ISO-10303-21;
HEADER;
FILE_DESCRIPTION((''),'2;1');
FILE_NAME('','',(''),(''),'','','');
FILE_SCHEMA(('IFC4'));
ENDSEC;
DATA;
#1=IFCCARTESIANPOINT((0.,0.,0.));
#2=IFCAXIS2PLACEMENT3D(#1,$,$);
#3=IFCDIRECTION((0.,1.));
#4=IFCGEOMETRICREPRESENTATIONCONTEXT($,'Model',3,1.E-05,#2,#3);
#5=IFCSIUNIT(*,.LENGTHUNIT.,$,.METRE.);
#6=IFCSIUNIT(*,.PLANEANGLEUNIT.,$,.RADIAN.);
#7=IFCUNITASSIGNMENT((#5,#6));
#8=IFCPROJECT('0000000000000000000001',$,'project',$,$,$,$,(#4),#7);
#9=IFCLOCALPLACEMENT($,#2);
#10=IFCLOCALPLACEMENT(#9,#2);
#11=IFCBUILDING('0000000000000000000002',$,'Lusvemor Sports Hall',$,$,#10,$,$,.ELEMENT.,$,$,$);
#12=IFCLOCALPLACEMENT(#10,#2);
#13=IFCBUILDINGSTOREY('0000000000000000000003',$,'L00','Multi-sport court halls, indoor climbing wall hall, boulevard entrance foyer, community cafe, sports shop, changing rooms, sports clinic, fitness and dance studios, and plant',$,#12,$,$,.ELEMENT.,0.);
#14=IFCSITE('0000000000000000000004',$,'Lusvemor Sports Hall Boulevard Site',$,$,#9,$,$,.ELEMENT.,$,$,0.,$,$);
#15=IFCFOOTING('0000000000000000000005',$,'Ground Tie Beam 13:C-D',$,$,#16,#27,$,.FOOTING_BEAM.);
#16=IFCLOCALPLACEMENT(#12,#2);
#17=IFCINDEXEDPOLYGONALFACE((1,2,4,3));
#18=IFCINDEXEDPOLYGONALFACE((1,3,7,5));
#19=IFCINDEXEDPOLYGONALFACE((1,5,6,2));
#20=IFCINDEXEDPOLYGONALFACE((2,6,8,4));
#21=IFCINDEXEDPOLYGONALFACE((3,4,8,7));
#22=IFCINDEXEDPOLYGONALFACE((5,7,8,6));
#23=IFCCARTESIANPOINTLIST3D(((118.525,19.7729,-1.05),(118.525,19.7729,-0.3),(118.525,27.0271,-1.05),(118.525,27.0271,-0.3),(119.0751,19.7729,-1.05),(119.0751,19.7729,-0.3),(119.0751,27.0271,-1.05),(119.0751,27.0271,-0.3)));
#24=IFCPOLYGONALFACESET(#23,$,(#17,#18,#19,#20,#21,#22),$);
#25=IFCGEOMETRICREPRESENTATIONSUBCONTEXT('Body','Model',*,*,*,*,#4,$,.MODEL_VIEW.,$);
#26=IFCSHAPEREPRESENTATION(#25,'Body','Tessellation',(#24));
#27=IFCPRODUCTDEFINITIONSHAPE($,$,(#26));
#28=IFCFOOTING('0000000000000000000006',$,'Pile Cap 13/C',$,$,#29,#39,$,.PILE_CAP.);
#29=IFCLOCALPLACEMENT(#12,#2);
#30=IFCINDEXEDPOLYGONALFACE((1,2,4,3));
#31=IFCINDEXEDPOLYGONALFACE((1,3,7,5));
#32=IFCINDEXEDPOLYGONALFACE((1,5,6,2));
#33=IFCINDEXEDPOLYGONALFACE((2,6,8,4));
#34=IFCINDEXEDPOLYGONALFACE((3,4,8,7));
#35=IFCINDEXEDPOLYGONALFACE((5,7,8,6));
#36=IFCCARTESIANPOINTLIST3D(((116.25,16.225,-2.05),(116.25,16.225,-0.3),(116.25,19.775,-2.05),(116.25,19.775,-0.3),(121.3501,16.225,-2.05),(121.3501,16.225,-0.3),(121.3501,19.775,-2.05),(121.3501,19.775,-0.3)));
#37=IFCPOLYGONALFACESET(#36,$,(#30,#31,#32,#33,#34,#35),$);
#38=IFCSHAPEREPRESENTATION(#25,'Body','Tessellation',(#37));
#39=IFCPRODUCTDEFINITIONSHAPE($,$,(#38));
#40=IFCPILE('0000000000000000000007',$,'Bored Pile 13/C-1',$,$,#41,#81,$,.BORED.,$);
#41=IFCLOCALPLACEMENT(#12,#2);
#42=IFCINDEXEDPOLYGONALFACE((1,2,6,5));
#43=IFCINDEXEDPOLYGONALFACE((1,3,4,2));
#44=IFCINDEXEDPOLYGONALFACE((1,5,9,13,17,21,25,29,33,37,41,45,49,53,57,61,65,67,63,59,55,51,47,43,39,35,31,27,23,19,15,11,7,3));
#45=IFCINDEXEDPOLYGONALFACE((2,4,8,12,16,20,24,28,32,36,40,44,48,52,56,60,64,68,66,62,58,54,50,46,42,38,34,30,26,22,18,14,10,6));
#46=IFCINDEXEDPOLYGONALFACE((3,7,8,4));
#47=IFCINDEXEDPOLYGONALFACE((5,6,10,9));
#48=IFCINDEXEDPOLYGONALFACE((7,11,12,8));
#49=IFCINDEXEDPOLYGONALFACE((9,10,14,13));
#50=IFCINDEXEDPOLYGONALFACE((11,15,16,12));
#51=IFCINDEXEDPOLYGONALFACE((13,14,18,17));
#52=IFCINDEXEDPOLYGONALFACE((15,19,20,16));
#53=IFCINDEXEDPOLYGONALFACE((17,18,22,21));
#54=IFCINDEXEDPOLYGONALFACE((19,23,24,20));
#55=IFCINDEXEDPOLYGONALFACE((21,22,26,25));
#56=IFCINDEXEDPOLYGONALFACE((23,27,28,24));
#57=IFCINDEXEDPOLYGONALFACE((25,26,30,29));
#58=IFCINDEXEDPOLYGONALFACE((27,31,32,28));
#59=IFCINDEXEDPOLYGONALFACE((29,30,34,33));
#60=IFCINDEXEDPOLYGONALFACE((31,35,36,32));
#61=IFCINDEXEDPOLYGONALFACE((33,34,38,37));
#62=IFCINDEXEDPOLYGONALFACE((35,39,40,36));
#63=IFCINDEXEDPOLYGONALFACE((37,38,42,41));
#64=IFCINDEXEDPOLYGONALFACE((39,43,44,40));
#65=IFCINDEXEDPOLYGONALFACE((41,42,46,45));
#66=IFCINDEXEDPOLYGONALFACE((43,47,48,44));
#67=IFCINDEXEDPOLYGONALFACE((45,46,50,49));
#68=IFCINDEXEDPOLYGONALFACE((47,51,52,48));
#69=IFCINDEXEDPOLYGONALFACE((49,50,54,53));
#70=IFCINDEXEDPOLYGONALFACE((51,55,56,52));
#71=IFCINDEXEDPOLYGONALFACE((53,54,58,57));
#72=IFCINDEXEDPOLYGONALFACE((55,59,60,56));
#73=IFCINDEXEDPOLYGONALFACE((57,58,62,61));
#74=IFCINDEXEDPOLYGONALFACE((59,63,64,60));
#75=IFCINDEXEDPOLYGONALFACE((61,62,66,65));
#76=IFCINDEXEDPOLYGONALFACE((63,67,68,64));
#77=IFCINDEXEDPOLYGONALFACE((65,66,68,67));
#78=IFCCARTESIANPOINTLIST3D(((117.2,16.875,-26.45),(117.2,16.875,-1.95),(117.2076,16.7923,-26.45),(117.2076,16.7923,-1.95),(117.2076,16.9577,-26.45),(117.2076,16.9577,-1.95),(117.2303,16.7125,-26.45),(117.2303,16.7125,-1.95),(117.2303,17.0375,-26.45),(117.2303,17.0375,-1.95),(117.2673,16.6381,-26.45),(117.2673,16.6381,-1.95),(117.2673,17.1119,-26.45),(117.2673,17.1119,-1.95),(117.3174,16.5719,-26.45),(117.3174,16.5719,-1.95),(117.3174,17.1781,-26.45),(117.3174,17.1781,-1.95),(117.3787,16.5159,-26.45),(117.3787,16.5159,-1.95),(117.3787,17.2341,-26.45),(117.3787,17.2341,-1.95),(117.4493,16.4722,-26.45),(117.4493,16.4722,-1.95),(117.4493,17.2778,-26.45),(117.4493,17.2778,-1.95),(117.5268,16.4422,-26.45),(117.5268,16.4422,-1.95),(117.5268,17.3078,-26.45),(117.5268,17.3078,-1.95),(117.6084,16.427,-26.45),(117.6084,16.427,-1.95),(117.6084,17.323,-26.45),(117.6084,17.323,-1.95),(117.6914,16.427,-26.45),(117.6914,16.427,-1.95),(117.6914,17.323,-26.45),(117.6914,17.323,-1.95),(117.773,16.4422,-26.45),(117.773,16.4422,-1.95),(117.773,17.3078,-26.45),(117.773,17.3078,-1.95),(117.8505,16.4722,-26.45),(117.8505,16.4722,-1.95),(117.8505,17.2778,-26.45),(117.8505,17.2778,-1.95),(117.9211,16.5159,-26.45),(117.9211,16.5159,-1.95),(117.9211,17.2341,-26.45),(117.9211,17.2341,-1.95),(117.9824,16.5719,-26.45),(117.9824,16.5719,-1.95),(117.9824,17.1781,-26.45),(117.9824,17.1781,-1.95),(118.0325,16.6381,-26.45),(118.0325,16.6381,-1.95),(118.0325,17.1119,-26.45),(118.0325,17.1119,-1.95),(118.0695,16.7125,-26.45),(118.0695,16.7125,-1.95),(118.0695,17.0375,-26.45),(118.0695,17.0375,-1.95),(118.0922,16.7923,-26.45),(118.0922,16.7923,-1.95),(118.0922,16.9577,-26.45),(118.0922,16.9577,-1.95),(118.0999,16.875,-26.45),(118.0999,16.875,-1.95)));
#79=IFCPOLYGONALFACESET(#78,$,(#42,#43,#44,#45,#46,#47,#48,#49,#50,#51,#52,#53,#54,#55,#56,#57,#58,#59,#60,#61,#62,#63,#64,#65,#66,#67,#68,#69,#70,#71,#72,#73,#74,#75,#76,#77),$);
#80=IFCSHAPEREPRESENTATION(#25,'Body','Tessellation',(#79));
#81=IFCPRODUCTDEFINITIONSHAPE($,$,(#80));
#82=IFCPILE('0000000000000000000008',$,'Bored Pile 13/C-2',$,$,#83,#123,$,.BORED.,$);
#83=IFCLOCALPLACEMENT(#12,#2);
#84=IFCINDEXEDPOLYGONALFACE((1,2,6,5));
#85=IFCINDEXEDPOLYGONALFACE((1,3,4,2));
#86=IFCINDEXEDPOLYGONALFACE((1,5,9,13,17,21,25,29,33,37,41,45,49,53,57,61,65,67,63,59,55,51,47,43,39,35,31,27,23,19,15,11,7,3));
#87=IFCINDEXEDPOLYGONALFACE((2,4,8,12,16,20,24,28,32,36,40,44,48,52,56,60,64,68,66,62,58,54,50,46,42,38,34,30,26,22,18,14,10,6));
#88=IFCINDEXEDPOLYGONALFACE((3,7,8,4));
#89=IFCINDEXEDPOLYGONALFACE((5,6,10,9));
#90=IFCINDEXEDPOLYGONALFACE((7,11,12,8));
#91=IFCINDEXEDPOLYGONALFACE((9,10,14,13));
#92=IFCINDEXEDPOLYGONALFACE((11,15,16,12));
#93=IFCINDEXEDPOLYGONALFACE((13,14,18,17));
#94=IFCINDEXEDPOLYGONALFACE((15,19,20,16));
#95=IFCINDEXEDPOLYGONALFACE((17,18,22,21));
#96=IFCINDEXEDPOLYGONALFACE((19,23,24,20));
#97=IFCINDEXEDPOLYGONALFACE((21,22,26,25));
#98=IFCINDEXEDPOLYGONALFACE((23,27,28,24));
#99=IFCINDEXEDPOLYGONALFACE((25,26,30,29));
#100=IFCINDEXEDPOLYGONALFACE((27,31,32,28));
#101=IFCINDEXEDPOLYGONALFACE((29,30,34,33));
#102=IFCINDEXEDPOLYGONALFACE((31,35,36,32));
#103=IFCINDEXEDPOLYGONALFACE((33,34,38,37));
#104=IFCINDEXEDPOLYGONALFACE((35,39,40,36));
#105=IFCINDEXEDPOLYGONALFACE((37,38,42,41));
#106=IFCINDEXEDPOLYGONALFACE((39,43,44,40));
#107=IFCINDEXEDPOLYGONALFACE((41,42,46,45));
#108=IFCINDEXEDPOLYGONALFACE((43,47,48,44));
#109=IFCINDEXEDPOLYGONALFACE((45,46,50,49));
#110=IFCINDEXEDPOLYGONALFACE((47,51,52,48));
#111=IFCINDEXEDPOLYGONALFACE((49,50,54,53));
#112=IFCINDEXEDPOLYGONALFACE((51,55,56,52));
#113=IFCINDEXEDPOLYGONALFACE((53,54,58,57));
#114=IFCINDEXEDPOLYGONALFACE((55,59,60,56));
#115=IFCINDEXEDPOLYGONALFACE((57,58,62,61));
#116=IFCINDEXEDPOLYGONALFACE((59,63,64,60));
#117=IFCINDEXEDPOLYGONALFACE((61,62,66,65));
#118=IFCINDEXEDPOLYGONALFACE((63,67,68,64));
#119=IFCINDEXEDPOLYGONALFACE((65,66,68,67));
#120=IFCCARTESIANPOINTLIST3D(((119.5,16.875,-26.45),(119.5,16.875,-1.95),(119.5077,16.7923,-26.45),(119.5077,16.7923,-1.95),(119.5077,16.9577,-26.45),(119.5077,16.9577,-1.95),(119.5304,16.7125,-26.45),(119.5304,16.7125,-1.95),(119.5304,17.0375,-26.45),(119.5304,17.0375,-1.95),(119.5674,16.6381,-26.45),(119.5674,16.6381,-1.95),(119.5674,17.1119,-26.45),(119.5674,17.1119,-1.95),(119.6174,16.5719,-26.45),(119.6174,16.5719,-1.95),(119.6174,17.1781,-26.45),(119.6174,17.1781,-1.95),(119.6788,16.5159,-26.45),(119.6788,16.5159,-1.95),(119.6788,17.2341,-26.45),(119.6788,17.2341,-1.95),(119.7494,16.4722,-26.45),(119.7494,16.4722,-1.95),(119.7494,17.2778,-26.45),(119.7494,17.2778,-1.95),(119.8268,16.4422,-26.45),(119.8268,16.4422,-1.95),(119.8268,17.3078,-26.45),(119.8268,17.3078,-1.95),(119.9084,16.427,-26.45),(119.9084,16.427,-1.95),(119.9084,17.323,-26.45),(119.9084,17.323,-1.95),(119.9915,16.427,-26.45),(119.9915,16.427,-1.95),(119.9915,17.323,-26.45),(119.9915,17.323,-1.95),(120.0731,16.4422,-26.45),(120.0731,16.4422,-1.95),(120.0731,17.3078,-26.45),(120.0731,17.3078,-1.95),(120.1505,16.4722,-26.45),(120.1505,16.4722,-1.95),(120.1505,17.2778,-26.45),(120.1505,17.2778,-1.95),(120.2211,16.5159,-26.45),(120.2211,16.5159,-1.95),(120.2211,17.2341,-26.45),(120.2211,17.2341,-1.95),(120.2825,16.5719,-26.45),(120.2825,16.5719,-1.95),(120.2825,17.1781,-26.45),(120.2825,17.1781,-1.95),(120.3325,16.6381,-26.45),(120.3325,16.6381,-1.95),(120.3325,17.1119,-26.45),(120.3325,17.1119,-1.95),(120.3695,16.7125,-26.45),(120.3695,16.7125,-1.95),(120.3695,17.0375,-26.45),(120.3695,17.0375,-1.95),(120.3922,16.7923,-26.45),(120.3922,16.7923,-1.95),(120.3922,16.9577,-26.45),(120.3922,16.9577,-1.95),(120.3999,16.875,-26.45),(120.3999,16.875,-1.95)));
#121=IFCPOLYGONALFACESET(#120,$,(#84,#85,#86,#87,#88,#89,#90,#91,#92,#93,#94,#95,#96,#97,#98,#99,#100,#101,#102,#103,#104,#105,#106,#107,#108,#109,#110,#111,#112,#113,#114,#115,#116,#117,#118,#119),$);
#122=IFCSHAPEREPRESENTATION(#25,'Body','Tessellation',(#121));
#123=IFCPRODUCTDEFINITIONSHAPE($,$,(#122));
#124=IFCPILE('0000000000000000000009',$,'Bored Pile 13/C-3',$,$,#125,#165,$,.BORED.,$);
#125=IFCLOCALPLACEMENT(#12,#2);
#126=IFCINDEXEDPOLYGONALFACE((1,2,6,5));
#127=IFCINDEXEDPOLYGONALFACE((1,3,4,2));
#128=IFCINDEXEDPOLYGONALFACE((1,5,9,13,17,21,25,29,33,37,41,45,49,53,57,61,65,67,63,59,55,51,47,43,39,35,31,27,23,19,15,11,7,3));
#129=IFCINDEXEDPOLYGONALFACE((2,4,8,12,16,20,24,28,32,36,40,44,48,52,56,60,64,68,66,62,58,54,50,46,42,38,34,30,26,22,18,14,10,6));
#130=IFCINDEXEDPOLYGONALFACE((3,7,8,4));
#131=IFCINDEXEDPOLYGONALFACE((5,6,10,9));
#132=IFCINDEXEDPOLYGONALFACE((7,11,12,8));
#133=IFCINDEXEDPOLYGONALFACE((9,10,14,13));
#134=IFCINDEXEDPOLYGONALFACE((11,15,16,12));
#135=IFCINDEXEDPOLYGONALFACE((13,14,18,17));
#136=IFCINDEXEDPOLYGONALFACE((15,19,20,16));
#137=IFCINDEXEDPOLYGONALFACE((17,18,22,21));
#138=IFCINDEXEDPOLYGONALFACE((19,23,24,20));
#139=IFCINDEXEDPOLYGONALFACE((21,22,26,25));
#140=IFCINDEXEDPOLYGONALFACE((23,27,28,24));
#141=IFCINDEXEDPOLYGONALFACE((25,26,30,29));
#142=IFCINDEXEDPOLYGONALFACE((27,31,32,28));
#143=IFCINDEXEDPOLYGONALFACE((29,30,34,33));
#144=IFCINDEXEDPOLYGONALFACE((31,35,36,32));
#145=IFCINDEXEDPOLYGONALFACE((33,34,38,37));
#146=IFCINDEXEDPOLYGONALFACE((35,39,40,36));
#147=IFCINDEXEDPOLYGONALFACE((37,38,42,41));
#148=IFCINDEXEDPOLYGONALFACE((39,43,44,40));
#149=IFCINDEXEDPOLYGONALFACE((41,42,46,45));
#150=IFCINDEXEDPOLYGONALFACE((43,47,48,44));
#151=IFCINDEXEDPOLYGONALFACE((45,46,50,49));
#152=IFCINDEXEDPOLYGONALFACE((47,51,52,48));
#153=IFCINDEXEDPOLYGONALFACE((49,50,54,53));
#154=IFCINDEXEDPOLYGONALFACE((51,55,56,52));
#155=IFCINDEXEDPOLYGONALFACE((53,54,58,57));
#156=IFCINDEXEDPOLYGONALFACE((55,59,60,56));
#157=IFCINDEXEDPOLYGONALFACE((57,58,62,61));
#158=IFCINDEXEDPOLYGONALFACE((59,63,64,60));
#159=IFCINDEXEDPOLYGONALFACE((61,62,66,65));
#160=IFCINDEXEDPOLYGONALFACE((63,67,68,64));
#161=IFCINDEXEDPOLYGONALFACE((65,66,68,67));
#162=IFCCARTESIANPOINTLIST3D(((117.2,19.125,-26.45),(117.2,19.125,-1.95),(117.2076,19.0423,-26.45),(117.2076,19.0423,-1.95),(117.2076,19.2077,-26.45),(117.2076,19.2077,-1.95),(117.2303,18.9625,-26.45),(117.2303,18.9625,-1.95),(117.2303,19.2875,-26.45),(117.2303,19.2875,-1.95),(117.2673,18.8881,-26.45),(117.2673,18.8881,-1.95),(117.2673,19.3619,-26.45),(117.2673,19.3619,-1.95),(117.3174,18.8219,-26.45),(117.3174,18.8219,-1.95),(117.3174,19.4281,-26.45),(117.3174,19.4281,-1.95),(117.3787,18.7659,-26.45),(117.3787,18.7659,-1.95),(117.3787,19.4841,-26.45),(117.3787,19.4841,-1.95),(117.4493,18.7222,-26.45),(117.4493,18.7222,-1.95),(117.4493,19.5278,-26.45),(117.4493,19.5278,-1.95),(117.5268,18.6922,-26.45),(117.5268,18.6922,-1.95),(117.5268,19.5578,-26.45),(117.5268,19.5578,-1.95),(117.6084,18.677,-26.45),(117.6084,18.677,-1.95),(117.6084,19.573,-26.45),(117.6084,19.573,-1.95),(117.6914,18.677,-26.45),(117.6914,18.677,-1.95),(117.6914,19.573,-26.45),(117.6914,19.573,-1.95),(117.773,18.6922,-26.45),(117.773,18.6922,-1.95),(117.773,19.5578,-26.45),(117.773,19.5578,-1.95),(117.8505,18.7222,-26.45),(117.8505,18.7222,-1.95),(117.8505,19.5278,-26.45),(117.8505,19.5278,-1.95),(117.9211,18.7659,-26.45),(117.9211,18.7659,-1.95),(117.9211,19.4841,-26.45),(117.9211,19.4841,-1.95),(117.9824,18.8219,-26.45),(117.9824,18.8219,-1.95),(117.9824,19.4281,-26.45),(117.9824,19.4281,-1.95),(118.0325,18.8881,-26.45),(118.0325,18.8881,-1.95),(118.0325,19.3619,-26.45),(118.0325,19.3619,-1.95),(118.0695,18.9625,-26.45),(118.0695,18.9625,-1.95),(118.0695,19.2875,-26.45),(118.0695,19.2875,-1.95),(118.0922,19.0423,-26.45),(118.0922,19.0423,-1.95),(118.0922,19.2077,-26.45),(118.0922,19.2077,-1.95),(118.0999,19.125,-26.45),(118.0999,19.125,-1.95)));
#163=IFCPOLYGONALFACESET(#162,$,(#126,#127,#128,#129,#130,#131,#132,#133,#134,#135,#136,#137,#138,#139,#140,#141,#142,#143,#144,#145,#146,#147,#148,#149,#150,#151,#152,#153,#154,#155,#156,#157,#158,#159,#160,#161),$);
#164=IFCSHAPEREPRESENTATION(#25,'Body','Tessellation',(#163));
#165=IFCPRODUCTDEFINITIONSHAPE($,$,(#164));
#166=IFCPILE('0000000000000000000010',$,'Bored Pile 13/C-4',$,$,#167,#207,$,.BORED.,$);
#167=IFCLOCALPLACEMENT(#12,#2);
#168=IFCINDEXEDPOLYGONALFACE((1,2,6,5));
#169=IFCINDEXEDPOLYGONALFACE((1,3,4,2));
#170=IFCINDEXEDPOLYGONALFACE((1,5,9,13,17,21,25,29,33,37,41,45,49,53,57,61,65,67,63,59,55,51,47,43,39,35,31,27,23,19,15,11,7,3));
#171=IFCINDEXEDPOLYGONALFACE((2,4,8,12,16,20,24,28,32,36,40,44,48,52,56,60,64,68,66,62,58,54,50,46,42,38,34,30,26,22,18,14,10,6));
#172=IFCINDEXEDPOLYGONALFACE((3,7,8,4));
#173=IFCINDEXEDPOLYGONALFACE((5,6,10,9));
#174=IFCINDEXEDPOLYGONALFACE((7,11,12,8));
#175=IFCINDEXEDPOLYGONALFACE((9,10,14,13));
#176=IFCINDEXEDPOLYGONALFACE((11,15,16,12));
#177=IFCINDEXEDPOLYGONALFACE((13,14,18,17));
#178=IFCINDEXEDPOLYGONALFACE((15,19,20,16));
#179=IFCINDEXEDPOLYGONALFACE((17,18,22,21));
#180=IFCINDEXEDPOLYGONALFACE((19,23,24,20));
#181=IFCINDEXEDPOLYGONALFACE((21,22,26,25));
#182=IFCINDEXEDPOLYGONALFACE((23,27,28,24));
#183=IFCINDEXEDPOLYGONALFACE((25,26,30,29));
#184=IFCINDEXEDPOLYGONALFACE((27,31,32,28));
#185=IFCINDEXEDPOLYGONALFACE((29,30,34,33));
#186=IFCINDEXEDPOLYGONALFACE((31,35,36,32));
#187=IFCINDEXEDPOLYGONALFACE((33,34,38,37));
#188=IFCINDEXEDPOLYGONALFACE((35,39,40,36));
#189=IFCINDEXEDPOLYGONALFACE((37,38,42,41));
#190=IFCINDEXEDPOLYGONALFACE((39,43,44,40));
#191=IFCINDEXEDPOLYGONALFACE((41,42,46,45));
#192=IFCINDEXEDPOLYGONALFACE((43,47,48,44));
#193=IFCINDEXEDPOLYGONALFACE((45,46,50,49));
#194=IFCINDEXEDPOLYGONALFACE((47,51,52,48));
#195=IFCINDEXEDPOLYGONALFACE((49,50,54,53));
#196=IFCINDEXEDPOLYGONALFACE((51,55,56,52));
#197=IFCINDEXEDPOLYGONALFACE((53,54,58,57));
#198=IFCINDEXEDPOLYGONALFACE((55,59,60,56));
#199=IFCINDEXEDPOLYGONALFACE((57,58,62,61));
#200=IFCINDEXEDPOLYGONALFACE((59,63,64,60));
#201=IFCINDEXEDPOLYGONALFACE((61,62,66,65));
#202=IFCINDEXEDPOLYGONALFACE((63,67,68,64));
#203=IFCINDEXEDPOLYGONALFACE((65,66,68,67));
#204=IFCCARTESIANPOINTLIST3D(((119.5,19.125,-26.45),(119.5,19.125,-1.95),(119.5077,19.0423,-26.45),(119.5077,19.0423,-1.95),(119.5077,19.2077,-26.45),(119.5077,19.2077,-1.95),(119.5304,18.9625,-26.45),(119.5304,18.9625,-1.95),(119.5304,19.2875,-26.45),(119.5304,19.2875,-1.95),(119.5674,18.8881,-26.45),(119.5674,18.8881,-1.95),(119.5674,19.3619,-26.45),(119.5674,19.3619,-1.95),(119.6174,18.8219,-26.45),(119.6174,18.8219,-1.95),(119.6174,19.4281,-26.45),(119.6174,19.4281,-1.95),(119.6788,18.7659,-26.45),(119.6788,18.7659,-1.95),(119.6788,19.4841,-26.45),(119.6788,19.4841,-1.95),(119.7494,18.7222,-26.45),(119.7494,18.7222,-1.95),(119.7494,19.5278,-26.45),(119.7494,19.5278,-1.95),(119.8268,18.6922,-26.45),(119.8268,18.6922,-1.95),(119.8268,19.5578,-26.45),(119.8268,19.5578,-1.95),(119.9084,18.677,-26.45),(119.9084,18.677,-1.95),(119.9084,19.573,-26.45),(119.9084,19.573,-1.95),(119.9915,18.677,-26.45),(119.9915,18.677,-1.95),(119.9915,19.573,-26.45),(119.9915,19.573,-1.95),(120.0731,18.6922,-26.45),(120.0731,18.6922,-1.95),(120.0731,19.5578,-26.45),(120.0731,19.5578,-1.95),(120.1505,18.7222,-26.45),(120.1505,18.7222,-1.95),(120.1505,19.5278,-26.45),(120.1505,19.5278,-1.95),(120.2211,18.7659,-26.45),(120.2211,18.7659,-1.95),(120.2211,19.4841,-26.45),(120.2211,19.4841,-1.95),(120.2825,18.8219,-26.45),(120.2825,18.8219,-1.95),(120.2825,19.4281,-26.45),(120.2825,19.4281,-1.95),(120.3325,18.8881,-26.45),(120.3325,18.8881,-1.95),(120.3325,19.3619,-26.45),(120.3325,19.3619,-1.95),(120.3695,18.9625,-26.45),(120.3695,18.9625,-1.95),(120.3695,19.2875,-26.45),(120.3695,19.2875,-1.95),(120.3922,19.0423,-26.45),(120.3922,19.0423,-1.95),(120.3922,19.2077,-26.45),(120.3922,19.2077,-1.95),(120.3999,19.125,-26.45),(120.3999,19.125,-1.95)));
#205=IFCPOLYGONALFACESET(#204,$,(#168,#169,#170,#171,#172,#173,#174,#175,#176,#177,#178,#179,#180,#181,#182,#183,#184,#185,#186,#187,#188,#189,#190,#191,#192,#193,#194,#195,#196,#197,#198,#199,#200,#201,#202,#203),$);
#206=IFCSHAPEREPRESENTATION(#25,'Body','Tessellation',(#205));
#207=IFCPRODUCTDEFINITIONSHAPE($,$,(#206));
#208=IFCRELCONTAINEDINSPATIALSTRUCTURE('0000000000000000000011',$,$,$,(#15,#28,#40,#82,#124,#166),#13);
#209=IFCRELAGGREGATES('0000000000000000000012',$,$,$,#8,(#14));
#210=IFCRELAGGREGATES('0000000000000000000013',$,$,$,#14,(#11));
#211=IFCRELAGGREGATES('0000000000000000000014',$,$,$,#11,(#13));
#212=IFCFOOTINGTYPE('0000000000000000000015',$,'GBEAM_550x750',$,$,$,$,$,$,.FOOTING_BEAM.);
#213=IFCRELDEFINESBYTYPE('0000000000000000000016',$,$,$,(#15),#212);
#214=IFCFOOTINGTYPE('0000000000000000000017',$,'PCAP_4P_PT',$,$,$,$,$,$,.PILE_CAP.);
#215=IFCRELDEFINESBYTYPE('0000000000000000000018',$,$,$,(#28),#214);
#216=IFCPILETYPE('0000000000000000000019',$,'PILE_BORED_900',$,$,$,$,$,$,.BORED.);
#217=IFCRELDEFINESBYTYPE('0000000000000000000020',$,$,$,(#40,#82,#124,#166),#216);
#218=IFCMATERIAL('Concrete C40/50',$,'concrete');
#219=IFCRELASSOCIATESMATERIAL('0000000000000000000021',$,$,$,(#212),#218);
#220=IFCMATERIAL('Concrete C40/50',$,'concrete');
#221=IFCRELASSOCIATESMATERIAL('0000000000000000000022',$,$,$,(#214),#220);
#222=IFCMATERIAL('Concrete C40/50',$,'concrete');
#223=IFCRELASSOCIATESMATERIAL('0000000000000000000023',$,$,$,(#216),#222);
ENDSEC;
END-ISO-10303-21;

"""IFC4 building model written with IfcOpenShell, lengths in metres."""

from ifc_helpers import new_model, si_unit, direction, frame, origin, origin_2d, place, context, subcontext, project, spatial, rectangle, circle, extrude, material, material_profile, profile_set, type_object, element, save


model = new_model("IFC4")

# Units and contexts
model_context = context("Model", 3, precision=1e-05, world=origin(), true_north=direction((0.0, 1.0)))
body_context = subcontext(model_context, "Body", "Model", "MODEL_VIEW")
ifc_project = project(units=[si_unit("LENGTHUNIT", "METRE"), si_unit("PLANEANGLEUNIT", "RADIAN")], contexts=[model_context])

# Site, building, storey
site_placement = place(None, origin())
site = spatial("IfcSite", under=ifc_project, at=site_placement, Name="Lusvemor Sports Hall Boulevard Site", CompositionType="ELEMENT", RefElevation=0.0)
building_placement = place(site_placement, origin())
building = spatial("IfcBuilding", under=site, at=building_placement, Name="Lusvemor Sports Hall", CompositionType="ELEMENT")
storey_placement = place(building_placement, origin())
storey = spatial("IfcBuildingStorey", under=building, at=storey_placement, Name="L00", Description="Multi-sport court halls, indoor climbing wall hall, boulevard entrance foyer, community cafe, sports shop, changing rooms, sports clinic, fitness and dance studios, and plant", CompositionType="ELEMENT", Elevation=0.0)

# Footings
ifc_material_1 = material(Name="Concrete C40/50", Category="concrete")
ifc_material_profile_1 = material_profile(ifc_material_1, rectangle(XDim=0.55, YDim=0.75, at=origin_2d()), Name="GB_550x750")
ifc_profile_set_1 = profile_set([ifc_material_profile_1], Name="Concrete C40/50")
footing_type_1 = type_object("IfcFootingType", Name="GBEAM_550x750", PredefinedType="FOOTING_BEAM", material=ifc_profile_set_1)
footing_1_placement = place(storey_placement, frame((118.8, 19.7729, -0.675), z_axis=(0.0, 1.0, 0.0), x_axis=(-1.0, 0.0, 0.0)))
element("IfcFooting", 1, at=footing_1_placement, inside=storey, type_object=footing_type_1, Name="Ground Tie Beam 13:C-D", PredefinedType="FOOTING_BEAM", context=body_context, shape_type="SweptSolid", body=[
    extrude(rectangle(XDim=0.55, YDim=0.75, at=origin_2d()), origin(), (0.0, 0.0, 1.0), 7.2542),
])
ifc_material_2 = material(Name="Concrete C40/50", Category="concrete")
footing_type_2 = type_object("IfcFootingType", Name="PCAP_4P_PT", PredefinedType="PILE_CAP", material=ifc_material_2)
footing_2_placement = place(storey_placement, frame((118.8, 18.0, -2.05), z_axis=(0.0, 0.0, 1.0), x_axis=(1.0, 0.0, 0.0)))
element("IfcFooting", 2, at=footing_2_placement, inside=storey, type_object=footing_type_2, Name="Pile Cap 13/C", PredefinedType="PILE_CAP", context=body_context, shape_type="SweptSolid", body=[
    extrude(rectangle(XDim=5.1001, YDim=3.55, at=origin_2d()), origin(), (0.0, 0.0, 1.0), 1.75),
])

# Piles
ifc_material_3 = material(Name="Concrete C40/50", Category="concrete")
ifc_material_profile_2 = material_profile(ifc_material_3, circle(Radius=0.45, at=origin_2d()), Name="PILE900")
ifc_profile_set_2 = profile_set([ifc_material_profile_2], Name="Concrete C40/50")
pile_type = type_object("IfcPileType", Name="PILE_BORED_900", PredefinedType="BORED", material=ifc_profile_set_2)
for number, where, z_axis, x_axis, name in (
    (3, (117.6499, 16.875, -1.95), (0.0, 0.0, -1.0), (1.0, 0.0, 0.0), "Bored Pile 13/C-1"),
    (4, (119.95, 16.875, -1.95), (0.0, 0.0, -1.0), (1.0, 0.0, 0.0), "Bored Pile 13/C-2"),
    (5, (117.6499, 19.125, -1.95), (0.0, 0.0, -1.0), (1.0, 0.0, 0.0), "Bored Pile 13/C-3"),
    (6, (119.95, 19.125, -1.95), (0.0, 0.0, -1.0), (1.0, 0.0, 0.0), "Bored Pile 13/C-4"),
):
    element("IfcPile", number, at=place(storey_placement, frame(where, z_axis=z_axis, x_axis=x_axis)), inside=storey, type_object=pile_type, Name=name, PredefinedType="BORED", context=body_context, shape_type="SweptSolid", body=[
        extrude(circle(Radius=0.45, at=origin_2d()), origin(), (0.0, 0.0, 1.0), 24.5),
    ])

save(model, "model.ifc")
